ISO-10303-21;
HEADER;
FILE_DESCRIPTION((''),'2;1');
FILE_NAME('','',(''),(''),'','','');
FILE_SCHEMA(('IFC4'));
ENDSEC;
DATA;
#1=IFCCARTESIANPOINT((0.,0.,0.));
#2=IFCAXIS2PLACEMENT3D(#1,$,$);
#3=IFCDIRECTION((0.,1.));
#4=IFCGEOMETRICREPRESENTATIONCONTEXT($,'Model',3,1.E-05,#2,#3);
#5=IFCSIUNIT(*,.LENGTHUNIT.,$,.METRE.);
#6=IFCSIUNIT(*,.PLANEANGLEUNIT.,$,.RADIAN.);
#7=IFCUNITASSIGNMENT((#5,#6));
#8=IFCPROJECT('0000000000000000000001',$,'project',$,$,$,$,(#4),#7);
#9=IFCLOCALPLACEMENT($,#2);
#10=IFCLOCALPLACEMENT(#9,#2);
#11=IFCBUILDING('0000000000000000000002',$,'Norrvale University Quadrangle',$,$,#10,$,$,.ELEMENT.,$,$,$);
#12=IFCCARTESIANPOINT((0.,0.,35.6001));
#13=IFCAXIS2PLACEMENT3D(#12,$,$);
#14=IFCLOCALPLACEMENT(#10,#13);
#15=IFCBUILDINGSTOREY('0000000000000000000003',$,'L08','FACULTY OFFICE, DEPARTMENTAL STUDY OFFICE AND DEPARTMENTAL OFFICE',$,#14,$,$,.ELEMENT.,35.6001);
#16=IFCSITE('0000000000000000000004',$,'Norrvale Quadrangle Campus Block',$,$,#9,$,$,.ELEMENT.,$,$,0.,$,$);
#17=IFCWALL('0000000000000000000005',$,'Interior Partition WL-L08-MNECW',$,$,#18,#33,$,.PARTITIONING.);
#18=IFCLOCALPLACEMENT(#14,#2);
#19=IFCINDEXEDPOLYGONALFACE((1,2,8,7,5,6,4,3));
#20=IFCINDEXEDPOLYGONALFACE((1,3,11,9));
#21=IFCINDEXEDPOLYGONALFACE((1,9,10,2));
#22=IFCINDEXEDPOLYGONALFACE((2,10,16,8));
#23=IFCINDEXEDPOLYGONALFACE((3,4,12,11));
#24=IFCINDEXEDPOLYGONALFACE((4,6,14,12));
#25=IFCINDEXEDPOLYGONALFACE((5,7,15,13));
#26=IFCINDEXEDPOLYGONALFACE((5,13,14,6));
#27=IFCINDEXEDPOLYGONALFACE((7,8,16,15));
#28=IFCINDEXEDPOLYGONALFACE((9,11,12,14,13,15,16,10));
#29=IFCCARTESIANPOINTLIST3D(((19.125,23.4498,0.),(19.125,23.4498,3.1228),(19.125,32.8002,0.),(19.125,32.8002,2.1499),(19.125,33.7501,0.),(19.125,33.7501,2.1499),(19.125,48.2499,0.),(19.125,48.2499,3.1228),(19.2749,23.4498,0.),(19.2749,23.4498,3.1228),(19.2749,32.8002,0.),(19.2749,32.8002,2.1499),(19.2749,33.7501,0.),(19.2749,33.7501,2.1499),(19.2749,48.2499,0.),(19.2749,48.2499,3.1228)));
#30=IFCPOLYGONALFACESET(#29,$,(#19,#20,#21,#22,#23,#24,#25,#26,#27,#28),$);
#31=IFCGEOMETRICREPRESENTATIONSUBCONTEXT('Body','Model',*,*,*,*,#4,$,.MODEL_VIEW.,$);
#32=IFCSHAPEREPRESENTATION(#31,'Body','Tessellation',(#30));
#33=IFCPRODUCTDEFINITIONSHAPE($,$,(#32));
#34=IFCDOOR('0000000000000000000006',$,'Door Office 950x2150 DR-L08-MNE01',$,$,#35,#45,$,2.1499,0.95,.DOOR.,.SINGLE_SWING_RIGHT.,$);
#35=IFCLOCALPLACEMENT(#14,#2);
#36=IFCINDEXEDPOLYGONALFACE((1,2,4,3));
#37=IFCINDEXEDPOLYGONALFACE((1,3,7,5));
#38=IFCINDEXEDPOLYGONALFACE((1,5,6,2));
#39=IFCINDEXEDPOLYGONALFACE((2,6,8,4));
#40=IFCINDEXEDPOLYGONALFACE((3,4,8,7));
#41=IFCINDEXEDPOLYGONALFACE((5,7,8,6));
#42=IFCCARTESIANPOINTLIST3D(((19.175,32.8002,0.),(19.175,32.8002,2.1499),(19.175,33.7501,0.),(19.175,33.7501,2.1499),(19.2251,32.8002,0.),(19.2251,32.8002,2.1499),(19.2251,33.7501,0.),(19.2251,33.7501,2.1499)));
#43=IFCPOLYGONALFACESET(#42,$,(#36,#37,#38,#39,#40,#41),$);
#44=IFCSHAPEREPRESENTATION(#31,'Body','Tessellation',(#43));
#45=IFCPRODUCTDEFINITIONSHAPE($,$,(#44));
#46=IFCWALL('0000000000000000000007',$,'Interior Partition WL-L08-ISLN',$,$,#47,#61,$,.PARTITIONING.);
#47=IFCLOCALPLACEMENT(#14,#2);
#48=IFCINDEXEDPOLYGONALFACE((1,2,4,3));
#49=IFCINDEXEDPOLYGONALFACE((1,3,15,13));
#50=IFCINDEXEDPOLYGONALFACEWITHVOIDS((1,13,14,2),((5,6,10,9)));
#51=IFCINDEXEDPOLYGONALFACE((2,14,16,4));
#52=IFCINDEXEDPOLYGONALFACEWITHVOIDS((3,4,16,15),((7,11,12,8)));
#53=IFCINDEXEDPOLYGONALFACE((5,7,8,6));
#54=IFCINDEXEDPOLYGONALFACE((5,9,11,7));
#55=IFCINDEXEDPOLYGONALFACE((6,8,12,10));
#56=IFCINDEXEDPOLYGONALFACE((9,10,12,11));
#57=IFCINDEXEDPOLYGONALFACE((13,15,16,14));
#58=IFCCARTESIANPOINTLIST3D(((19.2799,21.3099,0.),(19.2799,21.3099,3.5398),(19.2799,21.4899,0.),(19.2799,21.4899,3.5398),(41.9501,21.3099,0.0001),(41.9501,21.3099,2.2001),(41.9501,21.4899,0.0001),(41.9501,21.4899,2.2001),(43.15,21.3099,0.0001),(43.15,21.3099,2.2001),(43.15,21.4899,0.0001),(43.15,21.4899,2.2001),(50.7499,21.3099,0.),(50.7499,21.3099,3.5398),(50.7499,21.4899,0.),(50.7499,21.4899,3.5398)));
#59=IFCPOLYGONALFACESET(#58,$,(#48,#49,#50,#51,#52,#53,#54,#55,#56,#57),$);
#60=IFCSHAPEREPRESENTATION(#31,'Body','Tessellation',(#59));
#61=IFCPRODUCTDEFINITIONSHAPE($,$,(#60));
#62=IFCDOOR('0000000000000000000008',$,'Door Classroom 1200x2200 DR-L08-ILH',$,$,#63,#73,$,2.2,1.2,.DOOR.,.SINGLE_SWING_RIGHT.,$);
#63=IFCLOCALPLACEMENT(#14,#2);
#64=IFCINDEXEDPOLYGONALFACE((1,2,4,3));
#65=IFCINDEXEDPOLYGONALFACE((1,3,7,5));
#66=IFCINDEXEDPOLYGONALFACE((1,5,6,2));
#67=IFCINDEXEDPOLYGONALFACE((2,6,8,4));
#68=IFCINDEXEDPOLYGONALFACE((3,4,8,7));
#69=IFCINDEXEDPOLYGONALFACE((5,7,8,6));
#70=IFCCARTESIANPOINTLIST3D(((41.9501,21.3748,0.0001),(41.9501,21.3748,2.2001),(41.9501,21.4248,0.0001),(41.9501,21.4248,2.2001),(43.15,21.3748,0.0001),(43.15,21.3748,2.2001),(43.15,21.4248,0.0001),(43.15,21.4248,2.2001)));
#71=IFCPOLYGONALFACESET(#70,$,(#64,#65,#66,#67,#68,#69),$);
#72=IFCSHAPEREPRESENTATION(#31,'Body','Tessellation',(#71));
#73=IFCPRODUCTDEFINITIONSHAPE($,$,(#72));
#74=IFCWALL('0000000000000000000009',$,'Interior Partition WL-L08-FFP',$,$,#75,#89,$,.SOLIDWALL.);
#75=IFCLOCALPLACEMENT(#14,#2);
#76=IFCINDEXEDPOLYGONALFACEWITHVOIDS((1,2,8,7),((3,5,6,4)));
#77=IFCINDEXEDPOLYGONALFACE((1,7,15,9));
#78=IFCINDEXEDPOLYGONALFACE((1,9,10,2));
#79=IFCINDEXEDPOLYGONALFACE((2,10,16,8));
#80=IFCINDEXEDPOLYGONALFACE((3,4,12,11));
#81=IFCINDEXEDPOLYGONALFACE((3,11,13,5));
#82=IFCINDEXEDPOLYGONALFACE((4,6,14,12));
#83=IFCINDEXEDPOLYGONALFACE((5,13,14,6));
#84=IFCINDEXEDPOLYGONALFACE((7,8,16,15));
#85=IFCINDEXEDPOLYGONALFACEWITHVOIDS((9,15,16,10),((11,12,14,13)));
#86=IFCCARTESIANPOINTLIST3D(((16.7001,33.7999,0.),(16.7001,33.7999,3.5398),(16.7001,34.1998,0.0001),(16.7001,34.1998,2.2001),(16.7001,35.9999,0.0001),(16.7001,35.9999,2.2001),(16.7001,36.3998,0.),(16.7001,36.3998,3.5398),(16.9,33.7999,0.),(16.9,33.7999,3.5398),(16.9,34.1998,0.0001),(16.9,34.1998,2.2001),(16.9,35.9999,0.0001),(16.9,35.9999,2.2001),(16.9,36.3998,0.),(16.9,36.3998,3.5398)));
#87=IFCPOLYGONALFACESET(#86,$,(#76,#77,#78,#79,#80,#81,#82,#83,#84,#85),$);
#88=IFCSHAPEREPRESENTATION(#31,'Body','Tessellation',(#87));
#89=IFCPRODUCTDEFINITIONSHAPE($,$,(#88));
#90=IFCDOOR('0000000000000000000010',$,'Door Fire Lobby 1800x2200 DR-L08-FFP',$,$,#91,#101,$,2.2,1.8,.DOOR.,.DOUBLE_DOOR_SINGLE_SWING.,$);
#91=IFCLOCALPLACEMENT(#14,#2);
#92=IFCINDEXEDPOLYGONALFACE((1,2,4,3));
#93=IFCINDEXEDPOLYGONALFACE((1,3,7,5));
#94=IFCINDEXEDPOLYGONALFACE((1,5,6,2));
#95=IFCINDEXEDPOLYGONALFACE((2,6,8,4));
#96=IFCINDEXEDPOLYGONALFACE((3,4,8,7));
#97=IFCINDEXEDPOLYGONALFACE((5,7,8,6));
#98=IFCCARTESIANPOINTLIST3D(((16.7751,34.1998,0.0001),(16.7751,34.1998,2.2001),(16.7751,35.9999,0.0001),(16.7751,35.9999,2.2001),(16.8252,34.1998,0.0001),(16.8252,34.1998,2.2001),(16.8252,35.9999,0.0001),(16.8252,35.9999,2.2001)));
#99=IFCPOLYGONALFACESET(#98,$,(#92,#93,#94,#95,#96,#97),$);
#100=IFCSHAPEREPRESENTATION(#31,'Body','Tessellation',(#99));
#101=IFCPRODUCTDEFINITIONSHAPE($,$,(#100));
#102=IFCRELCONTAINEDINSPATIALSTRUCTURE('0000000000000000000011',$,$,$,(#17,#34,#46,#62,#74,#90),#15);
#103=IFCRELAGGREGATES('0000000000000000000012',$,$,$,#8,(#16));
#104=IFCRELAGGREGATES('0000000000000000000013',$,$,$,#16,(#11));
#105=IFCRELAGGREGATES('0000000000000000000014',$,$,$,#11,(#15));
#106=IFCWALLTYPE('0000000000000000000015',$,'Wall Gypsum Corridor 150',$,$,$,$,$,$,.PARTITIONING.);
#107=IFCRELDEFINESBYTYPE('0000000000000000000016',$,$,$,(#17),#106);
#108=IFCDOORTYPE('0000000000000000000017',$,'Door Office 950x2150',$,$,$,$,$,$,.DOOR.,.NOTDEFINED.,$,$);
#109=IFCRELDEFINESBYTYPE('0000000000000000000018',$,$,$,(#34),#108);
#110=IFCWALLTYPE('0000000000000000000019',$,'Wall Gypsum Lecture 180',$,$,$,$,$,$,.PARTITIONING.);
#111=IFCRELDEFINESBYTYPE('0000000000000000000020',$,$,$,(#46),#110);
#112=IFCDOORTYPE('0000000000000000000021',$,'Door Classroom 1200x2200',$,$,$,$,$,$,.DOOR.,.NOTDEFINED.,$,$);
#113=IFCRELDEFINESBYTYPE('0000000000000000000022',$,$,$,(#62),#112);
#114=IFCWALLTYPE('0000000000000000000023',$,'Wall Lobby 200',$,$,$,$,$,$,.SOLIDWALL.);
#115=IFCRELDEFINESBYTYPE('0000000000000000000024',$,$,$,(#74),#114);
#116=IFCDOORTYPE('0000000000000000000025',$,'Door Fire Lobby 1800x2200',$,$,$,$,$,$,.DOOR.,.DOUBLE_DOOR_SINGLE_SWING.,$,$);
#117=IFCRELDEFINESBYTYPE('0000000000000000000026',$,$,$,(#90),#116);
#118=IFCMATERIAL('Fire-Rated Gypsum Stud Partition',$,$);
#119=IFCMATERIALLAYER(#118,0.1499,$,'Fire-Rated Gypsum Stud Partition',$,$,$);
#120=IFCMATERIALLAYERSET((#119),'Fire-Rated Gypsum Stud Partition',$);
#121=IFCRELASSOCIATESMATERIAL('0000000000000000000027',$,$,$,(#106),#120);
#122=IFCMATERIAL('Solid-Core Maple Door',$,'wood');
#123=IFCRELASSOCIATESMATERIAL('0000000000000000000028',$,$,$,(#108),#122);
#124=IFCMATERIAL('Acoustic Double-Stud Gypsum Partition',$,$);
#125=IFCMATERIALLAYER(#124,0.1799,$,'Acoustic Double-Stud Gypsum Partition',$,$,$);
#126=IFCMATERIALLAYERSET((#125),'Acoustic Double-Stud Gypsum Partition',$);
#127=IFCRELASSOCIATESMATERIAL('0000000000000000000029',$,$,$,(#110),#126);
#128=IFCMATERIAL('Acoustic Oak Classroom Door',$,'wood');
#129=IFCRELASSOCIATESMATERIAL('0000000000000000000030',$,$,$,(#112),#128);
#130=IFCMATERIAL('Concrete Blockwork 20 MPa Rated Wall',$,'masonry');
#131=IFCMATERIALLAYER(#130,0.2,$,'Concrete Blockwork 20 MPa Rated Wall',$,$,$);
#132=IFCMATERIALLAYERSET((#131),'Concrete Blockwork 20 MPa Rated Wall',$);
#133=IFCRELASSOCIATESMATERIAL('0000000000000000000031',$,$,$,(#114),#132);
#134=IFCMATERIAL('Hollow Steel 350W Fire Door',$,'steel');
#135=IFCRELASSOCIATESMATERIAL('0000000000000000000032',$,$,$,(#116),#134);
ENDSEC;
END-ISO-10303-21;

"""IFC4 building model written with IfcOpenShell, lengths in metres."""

from ifc_helpers import new_model, si_unit, direction, frame, frame_2d, origin, place, context, subcontext, project, spatial, rectangle, extrude, material, layer, layer_set, type_object, element, fill, save


model = new_model("IFC4")

# Units and contexts
model_context = context("Model", 3, precision=1e-05, world=origin(), true_north=direction((0.0, 1.0)))
body_context = subcontext(model_context, "Body", "Model", "MODEL_VIEW")
ifc_project = project(units=[si_unit("LENGTHUNIT", "METRE"), si_unit("PLANEANGLEUNIT", "RADIAN")], contexts=[model_context])

# Site, building, storey
site_placement = place(None, origin())
site = spatial("IfcSite", under=ifc_project, at=site_placement, Name="Norrvale Quadrangle Campus Block", CompositionType="ELEMENT", RefElevation=0.0)
building_placement = place(site_placement, origin())
building = spatial("IfcBuilding", under=site, at=building_placement, Name="Norrvale University Quadrangle", CompositionType="ELEMENT")
storey_placement = place(building_placement, frame((0.0, 0.0, 35.6001)))
storey = spatial("IfcBuildingStorey", under=building, at=storey_placement, Name="L08", Description="FACULTY OFFICE, DEPARTMENTAL STUDY OFFICE AND DEPARTMENTAL OFFICE", CompositionType="ELEMENT", Elevation=35.6001)

# Walls, openings, doors
ifc_material_1 = material(Name="Fire-Rated Gypsum Stud Partition")
ifc_layer_1 = layer(ifc_material_1, 0.1499, Name="Fire-Rated Gypsum Stud Partition")
ifc_layer_set_1 = layer_set([ifc_layer_1], Name="Fire-Rated Gypsum Stud Partition")
wall_type_1 = type_object("IfcWallType", Name="Wall Gypsum Corridor 150", PredefinedType="PARTITIONING", material=ifc_layer_set_1)
wall_1_placement = place(storey_placement, frame((19.2, 23.45, 0.0), z_axis=(0.0, 0.0, 1.0), x_axis=(0.0, 1.0, 0.0)))
wall_1 = element("IfcWall", 1, at=wall_1_placement, inside=storey, type_object=wall_type_1, Name="Interior Partition WL-L08-MNECW", PredefinedType="PARTITIONING", context=body_context, shape_type="SweptSolid", body=[
    extrude(rectangle(XDim=24.8, YDim=0.1499, at=frame_2d((12.3999, 0.0))), origin(), (0.0, 0.0, 1.0), 3.1228),
])
opening_1_placement = place(wall_1_placement, frame((9.3501, 0.0, 0.0)))
opening_1 = element("IfcOpeningElement", 2, at=opening_1_placement, cuts=wall_1, PredefinedType="OPENING", context=body_context, shape_type="SweptSolid", body=[
    extrude(rectangle(XDim=0.95, YDim=2.1499, at=frame_2d((0.4751, 1.075))), frame((0.0, 0.0869, 0.0), z_axis=(0.0, -1.0, 0.0), x_axis=(1.0, 0.0, 0.0)), (0.0, 0.0, 1.0), 0.1738),
])
ifc_material_2 = material(Name="Solid-Core Maple Door", Category="wood")
door_type_1 = type_object("IfcDoorType", Name="Door Office 950x2150", OperationType="NOTDEFINED", PredefinedType="DOOR", material=ifc_material_2)
door_1_placement = place(opening_1_placement, origin())
door_1 = element("IfcDoor", 3, at=door_1_placement, inside=storey, type_object=door_type_1, Name="Door Office 950x2150 DR-L08-MNE01", OperationType="SINGLE_SWING_RIGHT", OverallHeight=2.1499, OverallWidth=0.95, PredefinedType="DOOR", context=body_context, shape_type="SweptSolid", body=[
    extrude(rectangle(XDim=0.95, YDim=2.1499, at=frame_2d((0.4751, 1.075))), frame((0.0, 0.0249, 0.0), z_axis=(0.0, -1.0, 0.0), x_axis=(1.0, 0.0, 0.0)), (0.0, 0.0, 1.0), 0.05),
])
fill(opening_1, door_1)
ifc_material_3 = material(Name="Acoustic Double-Stud Gypsum Partition")
ifc_layer_2 = layer(ifc_material_3, 0.1799, Name="Acoustic Double-Stud Gypsum Partition")
ifc_layer_set_2 = layer_set([ifc_layer_2], Name="Acoustic Double-Stud Gypsum Partition")
wall_type_2 = type_object("IfcWallType", Name="Wall Gypsum Lecture 180", PredefinedType="PARTITIONING", material=ifc_layer_set_2)
wall_2_placement = place(storey_placement, frame((19.28, 21.3999, 0.0), z_axis=(0.0, 0.0, 1.0), x_axis=(1.0, 0.0, 0.0)))
wall_2 = element("IfcWall", 4, at=wall_2_placement, inside=storey, type_object=wall_type_2, Name="Interior Partition WL-L08-ISLN", PredefinedType="PARTITIONING", context=body_context, shape_type="SweptSolid", body=[
    extrude(rectangle(XDim=31.47, YDim=0.1799, at=frame_2d((15.7349, 0.0))), origin(), (0.0, 0.0, 1.0), 3.5398),
])
opening_2_placement = place(wall_2_placement, frame((22.6699, 0.0, 0.0)))
opening_2 = element("IfcOpeningElement", 5, at=opening_2_placement, cuts=wall_2, PredefinedType="OPENING", context=body_context, shape_type="SweptSolid", body=[
    extrude(rectangle(XDim=1.2, YDim=2.2, at=frame_2d((0.6001, 1.1001))), frame((0.0, 0.1021, 0.0), z_axis=(0.0, -1.0, 0.0), x_axis=(1.0, 0.0, 0.0)), (0.0, 0.0, 1.0), 0.2039),
])
ifc_material_4 = material(Name="Acoustic Oak Classroom Door", Category="wood")
door_type_2 = type_object("IfcDoorType", Name="Door Classroom 1200x2200", OperationType="NOTDEFINED", PredefinedType="DOOR", material=ifc_material_4)
door_2_placement = place(opening_2_placement, origin())
door_2 = element("IfcDoor", 6, at=door_2_placement, inside=storey, type_object=door_type_2, Name="Door Classroom 1200x2200 DR-L08-ILH", OperationType="SINGLE_SWING_RIGHT", OverallHeight=2.2, OverallWidth=1.2, PredefinedType="DOOR", context=body_context, shape_type="SweptSolid", body=[
    extrude(rectangle(XDim=1.2, YDim=2.2, at=frame_2d((0.6001, 1.1001))), frame((0.0, 0.0249, 0.0), z_axis=(0.0, -1.0, 0.0), x_axis=(1.0, 0.0, 0.0)), (0.0, 0.0, 1.0), 0.05),
])
fill(opening_2, door_2)
ifc_material_5 = material(Name="Concrete Blockwork 20 MPa Rated Wall", Category="masonry")
ifc_layer_3 = layer(ifc_material_5, 0.2, Name="Concrete Blockwork 20 MPa Rated Wall")
ifc_layer_set_3 = layer_set([ifc_layer_3], Name="Concrete Blockwork 20 MPa Rated Wall")
wall_type_3 = type_object("IfcWallType", Name="Wall Lobby 200", PredefinedType="SOLIDWALL", material=ifc_layer_set_3)
wall_3_placement = place(storey_placement, frame((16.8, 33.8, 0.0), z_axis=(0.0, 0.0, 1.0), x_axis=(0.0, 1.0, 0.0)))
wall_3 = element("IfcWall", 7, at=wall_3_placement, inside=storey, type_object=wall_type_3, Name="Interior Partition WL-L08-FFP", PredefinedType="SOLIDWALL", context=body_context, shape_type="SweptSolid", body=[
    extrude(rectangle(XDim=2.5999, YDim=0.2, at=frame_2d((1.2998, 0.0))), origin(), (0.0, 0.0, 1.0), 3.5398),
])
opening_3_placement = place(wall_3_placement, frame((0.3999, 0.0, 0.0)))
opening_3 = element("IfcOpeningElement", 8, at=opening_3_placement, cuts=wall_3, PredefinedType="OPENING", context=body_context, shape_type="SweptSolid", body=[
    extrude(rectangle(XDim=1.8, YDim=2.2, at=frame_2d((0.8999, 1.1001))), frame((0.0, 0.1121, 0.0), z_axis=(0.0, -1.0, 0.0), x_axis=(1.0, 0.0, 0.0)), (0.0, 0.0, 1.0), 0.2239),
])
ifc_material_6 = material(Name="Hollow Steel 350W Fire Door", Category="steel")
door_type_3 = type_object("IfcDoorType", Name="Door Fire Lobby 1800x2200", OperationType="DOUBLE_DOOR_SINGLE_SWING", PredefinedType="DOOR", material=ifc_material_6)
door_3_placement = place(opening_3_placement, origin())
door_3 = element("IfcDoor", 9, at=door_3_placement, inside=storey, type_object=door_type_3, Name="Door Fire Lobby 1800x2200 DR-L08-FFP", OperationType="DOUBLE_DOOR_SINGLE_SWING", OverallHeight=2.2, OverallWidth=1.8, PredefinedType="DOOR", context=body_context, shape_type="SweptSolid", body=[
    extrude(rectangle(XDim=1.8, YDim=2.2, at=frame_2d((0.8999, 1.1001))), frame((0.0, 0.0249, 0.0), z_axis=(0.0, -1.0, 0.0), x_axis=(1.0, 0.0, 0.0)), (0.0, 0.0, 1.0), 0.05),
])
fill(opening_3, door_3)

save(model, "model.ifc")
